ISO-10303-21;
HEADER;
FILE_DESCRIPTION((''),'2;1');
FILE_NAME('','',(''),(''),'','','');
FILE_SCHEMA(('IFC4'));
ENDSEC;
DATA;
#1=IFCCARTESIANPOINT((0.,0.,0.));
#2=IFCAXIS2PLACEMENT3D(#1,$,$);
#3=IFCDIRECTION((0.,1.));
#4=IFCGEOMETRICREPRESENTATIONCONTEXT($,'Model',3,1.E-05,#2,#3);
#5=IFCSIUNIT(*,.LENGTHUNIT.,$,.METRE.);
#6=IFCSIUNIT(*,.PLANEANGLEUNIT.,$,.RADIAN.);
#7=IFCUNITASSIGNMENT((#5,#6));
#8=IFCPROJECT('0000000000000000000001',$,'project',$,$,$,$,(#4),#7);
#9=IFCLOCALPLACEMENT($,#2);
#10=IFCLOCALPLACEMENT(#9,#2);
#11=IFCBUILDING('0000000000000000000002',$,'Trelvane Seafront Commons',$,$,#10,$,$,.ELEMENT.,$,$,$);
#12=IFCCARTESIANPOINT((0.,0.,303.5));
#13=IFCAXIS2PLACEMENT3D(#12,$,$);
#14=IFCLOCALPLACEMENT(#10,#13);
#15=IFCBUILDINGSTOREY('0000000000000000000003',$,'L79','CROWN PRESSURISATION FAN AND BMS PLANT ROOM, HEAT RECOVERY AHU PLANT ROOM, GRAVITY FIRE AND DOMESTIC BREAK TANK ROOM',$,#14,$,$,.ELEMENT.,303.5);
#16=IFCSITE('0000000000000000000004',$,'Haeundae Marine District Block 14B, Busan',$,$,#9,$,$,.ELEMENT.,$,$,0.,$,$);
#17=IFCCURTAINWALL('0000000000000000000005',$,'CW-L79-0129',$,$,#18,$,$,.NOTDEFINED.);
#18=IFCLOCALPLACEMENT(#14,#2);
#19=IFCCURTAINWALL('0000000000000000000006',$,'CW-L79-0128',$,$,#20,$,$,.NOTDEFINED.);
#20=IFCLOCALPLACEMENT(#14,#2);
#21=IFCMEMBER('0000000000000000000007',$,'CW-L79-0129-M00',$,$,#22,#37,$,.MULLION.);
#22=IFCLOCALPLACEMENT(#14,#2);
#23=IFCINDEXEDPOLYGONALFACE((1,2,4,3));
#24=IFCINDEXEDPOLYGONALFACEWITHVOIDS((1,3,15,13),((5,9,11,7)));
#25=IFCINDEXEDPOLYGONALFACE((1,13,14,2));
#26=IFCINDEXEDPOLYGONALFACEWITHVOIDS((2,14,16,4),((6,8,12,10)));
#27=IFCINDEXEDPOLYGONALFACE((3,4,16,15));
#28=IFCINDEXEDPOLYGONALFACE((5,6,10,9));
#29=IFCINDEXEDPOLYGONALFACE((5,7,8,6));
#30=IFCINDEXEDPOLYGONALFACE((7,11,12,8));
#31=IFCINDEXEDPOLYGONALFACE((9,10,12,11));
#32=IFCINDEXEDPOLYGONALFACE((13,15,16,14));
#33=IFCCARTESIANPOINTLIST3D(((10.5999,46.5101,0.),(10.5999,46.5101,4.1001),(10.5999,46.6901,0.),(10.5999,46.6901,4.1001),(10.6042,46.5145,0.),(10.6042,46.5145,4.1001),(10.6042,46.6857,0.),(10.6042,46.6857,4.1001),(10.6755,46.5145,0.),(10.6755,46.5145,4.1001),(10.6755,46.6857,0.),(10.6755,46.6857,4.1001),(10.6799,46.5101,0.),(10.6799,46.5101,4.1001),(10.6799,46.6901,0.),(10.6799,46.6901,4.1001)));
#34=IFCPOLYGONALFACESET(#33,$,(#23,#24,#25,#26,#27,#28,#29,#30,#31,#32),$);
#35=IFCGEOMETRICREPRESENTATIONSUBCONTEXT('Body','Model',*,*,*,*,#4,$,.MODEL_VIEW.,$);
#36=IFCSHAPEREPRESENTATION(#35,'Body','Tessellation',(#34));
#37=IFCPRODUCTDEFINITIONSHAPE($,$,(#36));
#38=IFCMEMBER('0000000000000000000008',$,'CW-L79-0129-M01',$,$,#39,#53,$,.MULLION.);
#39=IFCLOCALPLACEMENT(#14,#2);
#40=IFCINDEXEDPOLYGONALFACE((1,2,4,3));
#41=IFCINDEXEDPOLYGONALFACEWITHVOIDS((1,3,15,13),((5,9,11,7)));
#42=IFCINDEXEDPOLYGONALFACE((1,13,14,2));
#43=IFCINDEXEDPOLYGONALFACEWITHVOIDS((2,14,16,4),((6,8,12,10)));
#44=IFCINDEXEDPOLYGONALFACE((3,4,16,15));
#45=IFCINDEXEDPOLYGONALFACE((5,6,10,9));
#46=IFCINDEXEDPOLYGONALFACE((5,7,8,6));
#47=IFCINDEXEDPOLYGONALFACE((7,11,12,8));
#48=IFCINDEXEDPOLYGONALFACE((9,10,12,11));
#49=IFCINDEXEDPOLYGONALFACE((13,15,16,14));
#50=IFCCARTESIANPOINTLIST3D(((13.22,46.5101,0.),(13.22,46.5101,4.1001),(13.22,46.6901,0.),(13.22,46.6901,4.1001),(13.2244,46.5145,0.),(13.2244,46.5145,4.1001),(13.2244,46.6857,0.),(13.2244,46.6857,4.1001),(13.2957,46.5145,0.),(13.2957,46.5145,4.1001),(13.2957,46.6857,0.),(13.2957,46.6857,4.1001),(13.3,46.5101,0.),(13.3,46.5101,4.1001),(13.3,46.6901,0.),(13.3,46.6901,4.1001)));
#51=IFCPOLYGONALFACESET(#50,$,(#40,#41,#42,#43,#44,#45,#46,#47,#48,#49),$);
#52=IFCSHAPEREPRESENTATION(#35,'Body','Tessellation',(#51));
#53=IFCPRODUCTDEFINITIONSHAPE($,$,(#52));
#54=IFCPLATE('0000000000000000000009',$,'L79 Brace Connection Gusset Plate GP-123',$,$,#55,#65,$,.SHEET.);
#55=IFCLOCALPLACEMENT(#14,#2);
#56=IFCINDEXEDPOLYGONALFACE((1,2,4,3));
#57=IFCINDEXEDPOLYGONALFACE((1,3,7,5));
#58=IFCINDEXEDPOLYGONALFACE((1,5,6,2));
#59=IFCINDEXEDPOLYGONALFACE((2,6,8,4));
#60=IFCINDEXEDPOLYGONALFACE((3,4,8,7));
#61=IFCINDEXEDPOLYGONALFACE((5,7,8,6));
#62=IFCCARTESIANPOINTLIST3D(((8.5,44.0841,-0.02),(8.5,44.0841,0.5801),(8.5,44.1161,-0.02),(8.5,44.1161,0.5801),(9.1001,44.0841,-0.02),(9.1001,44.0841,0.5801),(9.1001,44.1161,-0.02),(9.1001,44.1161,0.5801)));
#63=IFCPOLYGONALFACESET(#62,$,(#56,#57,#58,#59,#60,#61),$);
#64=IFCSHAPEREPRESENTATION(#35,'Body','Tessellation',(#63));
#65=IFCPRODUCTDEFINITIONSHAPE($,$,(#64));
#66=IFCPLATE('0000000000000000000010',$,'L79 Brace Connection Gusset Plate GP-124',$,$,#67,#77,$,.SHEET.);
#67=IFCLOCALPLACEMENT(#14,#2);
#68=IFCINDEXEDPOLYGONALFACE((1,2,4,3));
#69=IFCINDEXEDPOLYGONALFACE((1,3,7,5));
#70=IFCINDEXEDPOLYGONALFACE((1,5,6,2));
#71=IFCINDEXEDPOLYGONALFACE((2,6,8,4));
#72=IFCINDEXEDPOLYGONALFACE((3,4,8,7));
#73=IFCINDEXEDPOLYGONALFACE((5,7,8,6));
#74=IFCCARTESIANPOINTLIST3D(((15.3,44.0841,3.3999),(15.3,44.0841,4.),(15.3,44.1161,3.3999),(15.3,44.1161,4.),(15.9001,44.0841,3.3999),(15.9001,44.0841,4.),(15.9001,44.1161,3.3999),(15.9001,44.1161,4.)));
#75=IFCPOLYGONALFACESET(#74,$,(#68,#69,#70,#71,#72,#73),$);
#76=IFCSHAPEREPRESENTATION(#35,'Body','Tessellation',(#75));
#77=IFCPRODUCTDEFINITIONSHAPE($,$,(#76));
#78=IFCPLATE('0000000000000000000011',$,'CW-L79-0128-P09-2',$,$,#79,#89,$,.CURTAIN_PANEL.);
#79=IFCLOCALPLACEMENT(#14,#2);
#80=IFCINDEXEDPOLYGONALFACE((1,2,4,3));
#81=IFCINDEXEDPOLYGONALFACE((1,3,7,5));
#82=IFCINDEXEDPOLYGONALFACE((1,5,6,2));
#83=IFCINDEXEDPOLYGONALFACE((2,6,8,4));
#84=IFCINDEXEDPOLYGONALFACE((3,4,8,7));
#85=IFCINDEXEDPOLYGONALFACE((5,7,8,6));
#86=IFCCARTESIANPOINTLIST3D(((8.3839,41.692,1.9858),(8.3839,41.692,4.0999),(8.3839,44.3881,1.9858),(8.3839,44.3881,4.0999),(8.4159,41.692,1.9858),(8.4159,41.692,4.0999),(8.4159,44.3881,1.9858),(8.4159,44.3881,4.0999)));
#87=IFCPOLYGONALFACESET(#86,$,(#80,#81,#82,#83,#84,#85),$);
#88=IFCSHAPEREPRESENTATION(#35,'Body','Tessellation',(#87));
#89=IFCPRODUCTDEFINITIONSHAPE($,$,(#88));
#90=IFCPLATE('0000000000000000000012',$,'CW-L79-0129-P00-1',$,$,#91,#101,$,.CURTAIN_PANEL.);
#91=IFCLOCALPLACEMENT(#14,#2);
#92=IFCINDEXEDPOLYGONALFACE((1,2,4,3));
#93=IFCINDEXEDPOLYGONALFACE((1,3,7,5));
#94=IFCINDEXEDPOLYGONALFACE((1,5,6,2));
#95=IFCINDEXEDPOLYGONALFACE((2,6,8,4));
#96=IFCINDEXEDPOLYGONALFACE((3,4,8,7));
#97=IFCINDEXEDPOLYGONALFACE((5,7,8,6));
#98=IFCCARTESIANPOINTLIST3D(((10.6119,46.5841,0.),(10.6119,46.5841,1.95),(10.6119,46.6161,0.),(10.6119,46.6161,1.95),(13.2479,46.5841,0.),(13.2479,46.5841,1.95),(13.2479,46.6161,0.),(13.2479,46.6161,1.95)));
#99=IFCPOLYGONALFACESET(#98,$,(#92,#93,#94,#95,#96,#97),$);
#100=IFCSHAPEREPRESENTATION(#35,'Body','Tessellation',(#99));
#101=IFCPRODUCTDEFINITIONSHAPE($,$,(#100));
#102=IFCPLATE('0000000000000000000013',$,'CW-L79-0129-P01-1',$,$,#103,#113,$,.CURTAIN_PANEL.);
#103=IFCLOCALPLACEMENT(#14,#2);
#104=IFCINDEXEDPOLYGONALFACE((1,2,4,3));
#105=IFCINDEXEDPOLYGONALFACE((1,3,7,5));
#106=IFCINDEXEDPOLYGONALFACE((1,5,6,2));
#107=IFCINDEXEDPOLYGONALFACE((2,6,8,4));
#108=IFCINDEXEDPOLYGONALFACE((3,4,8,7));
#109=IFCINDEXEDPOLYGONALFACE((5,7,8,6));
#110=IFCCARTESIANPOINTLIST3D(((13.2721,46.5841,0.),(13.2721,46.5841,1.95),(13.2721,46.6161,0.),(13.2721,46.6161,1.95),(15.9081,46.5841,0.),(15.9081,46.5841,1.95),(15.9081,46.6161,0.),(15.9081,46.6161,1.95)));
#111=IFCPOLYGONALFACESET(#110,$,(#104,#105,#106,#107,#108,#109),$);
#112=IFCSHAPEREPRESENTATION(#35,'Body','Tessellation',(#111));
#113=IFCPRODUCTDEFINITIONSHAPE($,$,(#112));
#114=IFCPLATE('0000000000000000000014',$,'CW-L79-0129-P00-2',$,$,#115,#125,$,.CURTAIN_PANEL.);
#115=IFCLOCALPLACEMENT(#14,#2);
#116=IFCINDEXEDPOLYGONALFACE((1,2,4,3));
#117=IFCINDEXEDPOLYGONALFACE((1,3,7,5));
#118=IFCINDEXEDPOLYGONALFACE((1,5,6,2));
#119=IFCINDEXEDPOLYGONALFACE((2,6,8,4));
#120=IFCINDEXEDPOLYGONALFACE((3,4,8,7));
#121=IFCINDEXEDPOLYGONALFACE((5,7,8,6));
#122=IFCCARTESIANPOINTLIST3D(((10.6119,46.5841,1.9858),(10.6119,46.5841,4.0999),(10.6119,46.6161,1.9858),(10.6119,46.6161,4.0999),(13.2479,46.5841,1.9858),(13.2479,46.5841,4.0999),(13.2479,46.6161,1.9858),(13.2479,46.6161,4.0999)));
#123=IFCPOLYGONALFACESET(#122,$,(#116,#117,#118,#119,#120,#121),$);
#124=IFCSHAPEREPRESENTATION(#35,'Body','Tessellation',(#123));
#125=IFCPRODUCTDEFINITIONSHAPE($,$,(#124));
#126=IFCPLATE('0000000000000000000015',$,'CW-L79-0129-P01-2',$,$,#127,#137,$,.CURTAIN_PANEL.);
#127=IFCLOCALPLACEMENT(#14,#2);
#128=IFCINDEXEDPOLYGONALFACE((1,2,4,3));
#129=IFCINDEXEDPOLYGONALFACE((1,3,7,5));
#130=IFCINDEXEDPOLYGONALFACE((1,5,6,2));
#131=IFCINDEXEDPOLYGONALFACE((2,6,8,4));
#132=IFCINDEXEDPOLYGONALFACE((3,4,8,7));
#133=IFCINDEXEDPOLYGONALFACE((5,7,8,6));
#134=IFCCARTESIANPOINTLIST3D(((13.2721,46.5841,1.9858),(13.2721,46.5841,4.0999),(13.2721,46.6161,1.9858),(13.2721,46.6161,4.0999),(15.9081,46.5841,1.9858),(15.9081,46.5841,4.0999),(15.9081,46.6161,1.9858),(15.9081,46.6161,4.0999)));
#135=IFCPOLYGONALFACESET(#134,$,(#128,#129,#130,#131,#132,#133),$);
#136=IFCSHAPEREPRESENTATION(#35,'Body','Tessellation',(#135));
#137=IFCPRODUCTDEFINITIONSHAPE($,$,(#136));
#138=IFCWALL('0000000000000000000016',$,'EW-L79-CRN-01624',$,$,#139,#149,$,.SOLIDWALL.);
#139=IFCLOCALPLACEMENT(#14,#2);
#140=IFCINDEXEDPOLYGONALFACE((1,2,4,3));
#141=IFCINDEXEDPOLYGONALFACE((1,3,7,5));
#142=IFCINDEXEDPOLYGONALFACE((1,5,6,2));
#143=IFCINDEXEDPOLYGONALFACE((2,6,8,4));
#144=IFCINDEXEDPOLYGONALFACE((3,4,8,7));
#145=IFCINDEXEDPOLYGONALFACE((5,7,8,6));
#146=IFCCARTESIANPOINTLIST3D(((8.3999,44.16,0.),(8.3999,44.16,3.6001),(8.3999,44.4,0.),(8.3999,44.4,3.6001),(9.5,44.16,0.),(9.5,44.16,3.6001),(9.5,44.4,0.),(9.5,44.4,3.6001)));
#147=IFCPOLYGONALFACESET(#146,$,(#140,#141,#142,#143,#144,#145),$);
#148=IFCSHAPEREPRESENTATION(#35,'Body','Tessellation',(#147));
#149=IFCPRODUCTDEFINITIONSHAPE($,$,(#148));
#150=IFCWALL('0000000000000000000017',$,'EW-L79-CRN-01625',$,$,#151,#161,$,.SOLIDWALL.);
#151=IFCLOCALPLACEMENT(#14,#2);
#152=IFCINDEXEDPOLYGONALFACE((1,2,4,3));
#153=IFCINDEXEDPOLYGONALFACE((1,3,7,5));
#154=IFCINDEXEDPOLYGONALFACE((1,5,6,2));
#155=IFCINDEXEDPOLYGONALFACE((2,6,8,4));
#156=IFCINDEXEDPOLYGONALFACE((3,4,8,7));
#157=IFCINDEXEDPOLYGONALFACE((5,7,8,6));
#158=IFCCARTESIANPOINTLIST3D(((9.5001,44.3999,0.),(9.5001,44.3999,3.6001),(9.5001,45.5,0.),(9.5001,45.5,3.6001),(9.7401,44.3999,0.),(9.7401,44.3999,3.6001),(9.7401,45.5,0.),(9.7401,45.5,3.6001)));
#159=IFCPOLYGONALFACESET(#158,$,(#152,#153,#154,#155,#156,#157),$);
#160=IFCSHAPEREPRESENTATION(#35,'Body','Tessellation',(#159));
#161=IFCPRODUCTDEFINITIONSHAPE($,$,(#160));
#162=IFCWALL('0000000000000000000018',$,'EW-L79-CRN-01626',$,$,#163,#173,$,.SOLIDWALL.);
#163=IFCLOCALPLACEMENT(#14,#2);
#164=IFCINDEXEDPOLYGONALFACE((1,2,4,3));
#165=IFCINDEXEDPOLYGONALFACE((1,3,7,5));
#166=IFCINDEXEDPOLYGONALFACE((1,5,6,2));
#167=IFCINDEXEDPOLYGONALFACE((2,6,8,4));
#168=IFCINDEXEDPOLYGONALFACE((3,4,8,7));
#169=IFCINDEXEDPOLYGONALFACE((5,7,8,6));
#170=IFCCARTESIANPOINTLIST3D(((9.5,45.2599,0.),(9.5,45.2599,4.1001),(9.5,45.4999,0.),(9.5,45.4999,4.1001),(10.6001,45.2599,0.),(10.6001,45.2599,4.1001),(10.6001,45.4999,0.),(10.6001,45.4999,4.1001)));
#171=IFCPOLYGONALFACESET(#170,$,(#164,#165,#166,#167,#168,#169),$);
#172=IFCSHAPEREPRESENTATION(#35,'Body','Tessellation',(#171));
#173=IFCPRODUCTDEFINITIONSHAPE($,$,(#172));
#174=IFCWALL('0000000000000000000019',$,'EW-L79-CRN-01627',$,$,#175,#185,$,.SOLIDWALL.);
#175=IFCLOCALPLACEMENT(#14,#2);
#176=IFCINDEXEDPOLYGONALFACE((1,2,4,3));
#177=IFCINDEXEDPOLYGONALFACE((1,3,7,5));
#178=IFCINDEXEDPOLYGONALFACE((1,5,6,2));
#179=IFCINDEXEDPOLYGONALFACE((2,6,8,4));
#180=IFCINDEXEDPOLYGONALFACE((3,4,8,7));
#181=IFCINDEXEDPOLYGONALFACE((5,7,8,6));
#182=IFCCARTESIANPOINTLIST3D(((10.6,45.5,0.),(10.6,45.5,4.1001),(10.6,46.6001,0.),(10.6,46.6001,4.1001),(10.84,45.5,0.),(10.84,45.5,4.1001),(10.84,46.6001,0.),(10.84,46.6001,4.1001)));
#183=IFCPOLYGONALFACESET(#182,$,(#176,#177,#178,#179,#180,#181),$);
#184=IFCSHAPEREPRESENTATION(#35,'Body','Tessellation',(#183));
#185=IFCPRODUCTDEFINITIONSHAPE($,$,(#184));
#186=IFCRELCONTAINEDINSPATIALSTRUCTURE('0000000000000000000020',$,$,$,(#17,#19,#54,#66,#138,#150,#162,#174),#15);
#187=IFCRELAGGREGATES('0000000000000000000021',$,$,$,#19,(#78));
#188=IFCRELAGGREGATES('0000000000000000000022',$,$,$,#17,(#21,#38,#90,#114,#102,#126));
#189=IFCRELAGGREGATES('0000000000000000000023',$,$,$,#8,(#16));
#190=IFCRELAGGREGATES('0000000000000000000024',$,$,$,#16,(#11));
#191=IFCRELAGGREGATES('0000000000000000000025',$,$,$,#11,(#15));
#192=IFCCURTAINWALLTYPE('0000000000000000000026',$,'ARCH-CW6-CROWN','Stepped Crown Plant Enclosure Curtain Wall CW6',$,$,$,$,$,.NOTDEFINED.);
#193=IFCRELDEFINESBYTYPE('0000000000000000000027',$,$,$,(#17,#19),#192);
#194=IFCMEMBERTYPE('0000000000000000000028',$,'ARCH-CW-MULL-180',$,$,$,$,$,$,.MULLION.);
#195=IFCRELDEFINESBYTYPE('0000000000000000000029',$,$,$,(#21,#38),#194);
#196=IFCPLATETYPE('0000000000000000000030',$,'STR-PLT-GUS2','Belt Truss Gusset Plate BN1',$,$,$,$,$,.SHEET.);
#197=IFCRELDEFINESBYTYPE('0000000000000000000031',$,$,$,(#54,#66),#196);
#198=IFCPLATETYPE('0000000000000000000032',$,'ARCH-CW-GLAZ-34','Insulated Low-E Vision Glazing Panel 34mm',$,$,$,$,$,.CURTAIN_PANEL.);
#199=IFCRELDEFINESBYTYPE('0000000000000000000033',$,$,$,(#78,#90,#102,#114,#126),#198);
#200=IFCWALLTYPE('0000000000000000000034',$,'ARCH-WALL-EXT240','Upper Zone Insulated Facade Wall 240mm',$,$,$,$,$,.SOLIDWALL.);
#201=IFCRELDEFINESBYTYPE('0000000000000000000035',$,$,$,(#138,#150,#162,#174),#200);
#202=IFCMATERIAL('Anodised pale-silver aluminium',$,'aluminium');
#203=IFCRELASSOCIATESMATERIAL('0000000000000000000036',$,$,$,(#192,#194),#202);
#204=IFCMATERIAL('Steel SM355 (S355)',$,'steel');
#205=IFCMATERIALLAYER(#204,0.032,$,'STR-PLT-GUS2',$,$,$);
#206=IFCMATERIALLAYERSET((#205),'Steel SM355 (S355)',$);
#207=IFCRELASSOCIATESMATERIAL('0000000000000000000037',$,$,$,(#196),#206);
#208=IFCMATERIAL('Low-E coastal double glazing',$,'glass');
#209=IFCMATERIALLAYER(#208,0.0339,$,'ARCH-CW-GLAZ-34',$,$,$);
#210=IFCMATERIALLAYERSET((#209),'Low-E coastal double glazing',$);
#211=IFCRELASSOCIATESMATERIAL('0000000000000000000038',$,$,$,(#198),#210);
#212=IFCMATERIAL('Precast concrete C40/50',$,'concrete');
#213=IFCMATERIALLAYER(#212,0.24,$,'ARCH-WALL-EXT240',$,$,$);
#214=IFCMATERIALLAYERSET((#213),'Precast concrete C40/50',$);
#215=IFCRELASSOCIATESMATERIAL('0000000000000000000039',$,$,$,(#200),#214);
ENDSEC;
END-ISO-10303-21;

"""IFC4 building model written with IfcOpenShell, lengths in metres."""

from ifc_helpers import new_model, si_unit, direction, frame, frame_2d, origin, origin_2d, place, context, subcontext, project, spatial, rectangle, hollow_rectangle, extrude, source, transform, mapped, material, layer, layer_set, material_profile, profile_set, type_object, element, aggregate, save


model = new_model("IFC4")

# Units and contexts
model_context = context("Model", 3, precision=1e-05, world=origin(), true_north=direction((0.0, 1.0)))
body_context = subcontext(model_context, "Body", "Model", "MODEL_VIEW")
ifc_project = project(units=[si_unit("LENGTHUNIT", "METRE"), si_unit("PLANEANGLEUNIT", "RADIAN")], contexts=[model_context])

# Site, building, storey
site_placement = place(None, origin())
site = spatial("IfcSite", under=ifc_project, at=site_placement, Name="Haeundae Marine District Block 14B, Busan", CompositionType="ELEMENT", RefElevation=0.0)
building_placement = place(site_placement, origin())
building = spatial("IfcBuilding", under=site, at=building_placement, Name="Trelvane Seafront Commons", CompositionType="ELEMENT")
storey_placement = place(building_placement, frame((0.0, 0.0, 303.5)))
storey = spatial("IfcBuildingStorey", under=building, at=storey_placement, Name="L79", Description="CROWN PRESSURISATION FAN AND BMS PLANT ROOM, HEAT RECOVERY AHU PLANT ROOM, GRAVITY FIRE AND DOMESTIC BREAK TANK ROOM", CompositionType="ELEMENT", Elevation=303.5)

# Shared definitions
ifc_material_1 = material(Name="Steel SM355 (S355)", Category="steel")

# Curtain wall
ifc_material_2 = material(Name="Anodised pale-silver aluminium", Category="aluminium")
curtain_wall_type = type_object("IfcCurtainWallType", Name="ARCH-CW6-CROWN", Description="Stepped Crown Plant Enclosure Curtain Wall CW6", PredefinedType="NOTDEFINED", material=ifc_material_2)
curtain_wall_1_placement = place(storey_placement, origin())
curtain_wall_1 = element("IfcCurtainWall", 1, at=curtain_wall_1_placement, inside=storey, type_object=curtain_wall_type, Name="CW-L79-0129", PredefinedType="NOTDEFINED")

# Curtain wall
curtain_wall_2_placement = place(storey_placement, origin())
curtain_wall_2 = element("IfcCurtainWall", 2, at=curtain_wall_2_placement, inside=storey, type_object=curtain_wall_type, Name="CW-L79-0128", PredefinedType="NOTDEFINED")
ifc_material_profile_1 = material_profile(ifc_material_2, hollow_rectangle(XDim=0.0801, YDim=0.1799, WallThickness=0.0044, at=origin_2d()), Name="MULL-80x180x4.5")
ifc_profile_set_1 = profile_set([ifc_material_profile_1], Name="Anodised pale-silver aluminium")
member_type_1 = type_object("IfcMemberType", Name="ARCH-CW-MULL-180", PredefinedType="MULLION", material=ifc_profile_set_1)
shared_shape_1 = source(origin(), body_context, "Body", "SweptSolid", [
    extrude(hollow_rectangle(XDim=0.0801, YDim=0.1799, WallThickness=0.0044, at=origin_2d()), origin(), (0.0, 0.0, 1.0), 4.1001),
])

# Members
member_1_placement = place(storey_placement, frame((10.6399, 46.6001, 0.0), z_axis=(0.0, 0.0, 1.0), x_axis=(1.0, 0.0, 0.0)))
member_1 = element("IfcMember", 3, at=member_1_placement, type_object=member_type_1, Name="CW-L79-0129-M00", PredefinedType="MULLION", context=body_context, shape_type="MappedRepresentation", body=[
    mapped(shared_shape_1, transform((0.0, 0.0, 0.0), x_axis=(1.0, 0.0, 0.0), y_axis=(0.0, 1.0, 0.0), z_axis=(0.0, 0.0, 1.0), scale=1.0)),
])
member_2_placement = place(storey_placement, frame((13.26, 46.6001, 0.0), z_axis=(0.0, 0.0, 1.0), x_axis=(1.0, 0.0, 0.0)))
member_2 = element("IfcMember", 4, at=member_2_placement, type_object=member_type_1, Name="CW-L79-0129-M01", PredefinedType="MULLION", context=body_context, shape_type="MappedRepresentation", body=[
    mapped(shared_shape_1, transform((0.0, 0.0, 0.0), x_axis=(1.0, 0.0, 0.0), y_axis=(0.0, 1.0, 0.0), z_axis=(0.0, 0.0, 1.0), scale=1.0)),
])

# Plates
ifc_layer_1 = layer(ifc_material_1, 0.032, Name="STR-PLT-GUS2")
ifc_layer_set_1 = layer_set([ifc_layer_1], Name="Steel SM355 (S355)")
plate_type_1 = type_object("IfcPlateType", Name="STR-PLT-GUS2", Description="Belt Truss Gusset Plate BN1", PredefinedType="SHEET", material=ifc_layer_set_1)
shared_shape_2 = source(origin(), body_context, "Body", "SweptSolid", [
    extrude(rectangle(XDim=0.6001, YDim=0.032, at=origin_2d()), origin(), (0.0, 0.0, 1.0), 0.6001),
])
for number, where, z_axis, x_axis, name in (
    (5, (8.8, 44.1001, -0.02), (0.0, 0.0, 1.0), (1.0, 0.0, 0.0), "L79 Brace Connection Gusset Plate GP-123"),
    (6, (15.6001, 44.1001, 3.3999), (0.0, 0.0, 1.0), (1.0, 0.0, 0.0), "L79 Brace Connection Gusset Plate GP-124"),
):
    element("IfcPlate", number, at=place(storey_placement, frame(where, z_axis=z_axis, x_axis=x_axis)), inside=storey, type_object=plate_type_1, Name=name, PredefinedType="SHEET", context=body_context, shape_type="MappedRepresentation", body=[
        mapped(shared_shape_2, transform((0.0, 0.0, 0.0), x_axis=(1.0, 0.0, 0.0), y_axis=(0.0, 1.0, 0.0), z_axis=(0.0, 0.0, 1.0), scale=1.0)),
    ])

# Plates
ifc_material_3 = material(Name="Low-E coastal double glazing", Category="glass")
ifc_layer_2 = layer(ifc_material_3, 0.0339, Name="ARCH-CW-GLAZ-34")
ifc_layer_set_2 = layer_set([ifc_layer_2], Name="Low-E coastal double glazing")
plate_type_2 = type_object("IfcPlateType", Name="ARCH-CW-GLAZ-34", Description="Insulated Low-E Vision Glazing Panel 34mm", PredefinedType="CURTAIN_PANEL", material=ifc_layer_set_2)
shared_shape_3 = source(origin(), body_context, "Body", "SweptSolid", [
    extrude(rectangle(XDim=2.696, YDim=0.032, at=origin_2d()), origin(), (0.0, 0.0, 1.0), 2.114),
])
plate_1_placement = place(storey_placement, frame((8.3999, 43.04, 1.9858), z_axis=(0.0, 0.0, 1.0), x_axis=(0.0, 1.0, 0.0)))
plate_1 = element("IfcPlate", 7, at=plate_1_placement, type_object=plate_type_2, Name="CW-L79-0128-P09-2", PredefinedType="CURTAIN_PANEL", context=body_context, shape_type="MappedRepresentation", body=[
    mapped(shared_shape_3, transform((0.0, 0.0, 0.0), x_axis=(1.0, 0.0, 0.0), y_axis=(0.0, 1.0, 0.0), z_axis=(0.0, 0.0, 1.0), scale=1.0)),
])
aggregate(curtain_wall_2, [plate_1])
shared_shape_4 = source(origin(), body_context, "Body", "SweptSolid", [
    extrude(rectangle(XDim=2.636, YDim=0.032, at=origin_2d()), origin(), (0.0, 0.0, 1.0), 1.95),
])
plate_2_placement = place(storey_placement, frame((11.9299, 46.6001, 0.0), z_axis=(0.0, 0.0, 1.0), x_axis=(1.0, 0.0, 0.0)))
plate_2 = element("IfcPlate", 8, at=plate_2_placement, type_object=plate_type_2, Name="CW-L79-0129-P00-1", PredefinedType="CURTAIN_PANEL", context=body_context, shape_type="MappedRepresentation", body=[
    mapped(shared_shape_4, transform((0.0, 0.0, 0.0), x_axis=(1.0, 0.0, 0.0), y_axis=(0.0, 1.0, 0.0), z_axis=(0.0, 0.0, 1.0), scale=1.0)),
])
plate_3_placement = place(storey_placement, frame((14.5901, 46.6001, 0.0), z_axis=(0.0, 0.0, 1.0), x_axis=(1.0, 0.0, 0.0)))
plate_3 = element("IfcPlate", 9, at=plate_3_placement, type_object=plate_type_2, Name="CW-L79-0129-P01-1", PredefinedType="CURTAIN_PANEL", context=body_context, shape_type="MappedRepresentation", body=[
    mapped(shared_shape_4, transform((0.0, 0.0, 0.0), x_axis=(1.0, 0.0, 0.0), y_axis=(0.0, 1.0, 0.0), z_axis=(0.0, 0.0, 1.0), scale=1.0)),
])
shared_shape_5 = source(origin(), body_context, "Body", "SweptSolid", [
    extrude(rectangle(XDim=2.636, YDim=0.032, at=origin_2d()), origin(), (0.0, 0.0, 1.0), 2.114),
])
plate_4_placement = place(storey_placement, frame((11.9299, 46.6001, 1.9858), z_axis=(0.0, 0.0, 1.0), x_axis=(1.0, 0.0, 0.0)))
plate_4 = element("IfcPlate", 10, at=plate_4_placement, type_object=plate_type_2, Name="CW-L79-0129-P00-2", PredefinedType="CURTAIN_PANEL", context=body_context, shape_type="MappedRepresentation", body=[
    mapped(shared_shape_5, transform((0.0, 0.0, 0.0), x_axis=(1.0, 0.0, 0.0), y_axis=(0.0, 1.0, 0.0), z_axis=(0.0, 0.0, 1.0), scale=1.0)),
])
plate_5_placement = place(storey_placement, frame((14.5901, 46.6001, 1.9858), z_axis=(0.0, 0.0, 1.0), x_axis=(1.0, 0.0, 0.0)))
plate_5 = element("IfcPlate", 11, at=plate_5_placement, type_object=plate_type_2, Name="CW-L79-0129-P01-2", PredefinedType="CURTAIN_PANEL", context=body_context, shape_type="MappedRepresentation", body=[
    mapped(shared_shape_5, transform((0.0, 0.0, 0.0), x_axis=(1.0, 0.0, 0.0), y_axis=(0.0, 1.0, 0.0), z_axis=(0.0, 0.0, 1.0), scale=1.0)),
])
aggregate(curtain_wall_1, [member_1, member_2, plate_2, plate_4, plate_3, plate_5])

# Walls
ifc_material_4 = material(Name="Precast concrete C40/50", Category="concrete")
ifc_layer_3 = layer(ifc_material_4, 0.24, Name="ARCH-WALL-EXT240")
ifc_layer_set_3 = layer_set([ifc_layer_3], Name="Precast concrete C40/50")
wall_type_1 = type_object("IfcWallType", Name="ARCH-WALL-EXT240", Description="Upper Zone Insulated Facade Wall 240mm", PredefinedType="SOLIDWALL", material=ifc_layer_set_3)
for number, where, z_axis, x_axis, name in (
    (12, (8.3999, 44.28, 0.0), (0.0, 0.0, 1.0), (1.0, 0.0, 0.0), "EW-L79-CRN-01624"),
    (13, (9.6201, 44.3999, 0.0), (0.0, 0.0, 1.0), (0.0, 1.0, 0.0), "EW-L79-CRN-01625"),
):
    element("IfcWall", number, at=place(storey_placement, frame(where, z_axis=z_axis, x_axis=x_axis)), inside=storey, type_object=wall_type_1, Name=name, PredefinedType="SOLIDWALL", context=body_context, shape_type="SweptSolid", body=[
        extrude(rectangle(XDim=1.1001, YDim=0.24, at=frame_2d((0.55, 0.0))), origin(), (0.0, 0.0, 1.0), 3.6001),
    ])
for number, where, z_axis, x_axis, name in (
    (14, (9.5, 45.3799, 0.0), (0.0, 0.0, 1.0), (1.0, 0.0, 0.0), "EW-L79-CRN-01626"),
    (15, (10.72, 45.5, 0.0), (0.0, 0.0, 1.0), (0.0, 1.0, 0.0), "EW-L79-CRN-01627"),
):
    element("IfcWall", number, at=place(storey_placement, frame(where, z_axis=z_axis, x_axis=x_axis)), inside=storey, type_object=wall_type_1, Name=name, PredefinedType="SOLIDWALL", context=body_context, shape_type="SweptSolid", body=[
        extrude(rectangle(XDim=1.1001, YDim=0.24, at=frame_2d((0.55, 0.0))), origin(), (0.0, 0.0, 1.0), 4.1001),
    ])

save(model, "model.ifc")
